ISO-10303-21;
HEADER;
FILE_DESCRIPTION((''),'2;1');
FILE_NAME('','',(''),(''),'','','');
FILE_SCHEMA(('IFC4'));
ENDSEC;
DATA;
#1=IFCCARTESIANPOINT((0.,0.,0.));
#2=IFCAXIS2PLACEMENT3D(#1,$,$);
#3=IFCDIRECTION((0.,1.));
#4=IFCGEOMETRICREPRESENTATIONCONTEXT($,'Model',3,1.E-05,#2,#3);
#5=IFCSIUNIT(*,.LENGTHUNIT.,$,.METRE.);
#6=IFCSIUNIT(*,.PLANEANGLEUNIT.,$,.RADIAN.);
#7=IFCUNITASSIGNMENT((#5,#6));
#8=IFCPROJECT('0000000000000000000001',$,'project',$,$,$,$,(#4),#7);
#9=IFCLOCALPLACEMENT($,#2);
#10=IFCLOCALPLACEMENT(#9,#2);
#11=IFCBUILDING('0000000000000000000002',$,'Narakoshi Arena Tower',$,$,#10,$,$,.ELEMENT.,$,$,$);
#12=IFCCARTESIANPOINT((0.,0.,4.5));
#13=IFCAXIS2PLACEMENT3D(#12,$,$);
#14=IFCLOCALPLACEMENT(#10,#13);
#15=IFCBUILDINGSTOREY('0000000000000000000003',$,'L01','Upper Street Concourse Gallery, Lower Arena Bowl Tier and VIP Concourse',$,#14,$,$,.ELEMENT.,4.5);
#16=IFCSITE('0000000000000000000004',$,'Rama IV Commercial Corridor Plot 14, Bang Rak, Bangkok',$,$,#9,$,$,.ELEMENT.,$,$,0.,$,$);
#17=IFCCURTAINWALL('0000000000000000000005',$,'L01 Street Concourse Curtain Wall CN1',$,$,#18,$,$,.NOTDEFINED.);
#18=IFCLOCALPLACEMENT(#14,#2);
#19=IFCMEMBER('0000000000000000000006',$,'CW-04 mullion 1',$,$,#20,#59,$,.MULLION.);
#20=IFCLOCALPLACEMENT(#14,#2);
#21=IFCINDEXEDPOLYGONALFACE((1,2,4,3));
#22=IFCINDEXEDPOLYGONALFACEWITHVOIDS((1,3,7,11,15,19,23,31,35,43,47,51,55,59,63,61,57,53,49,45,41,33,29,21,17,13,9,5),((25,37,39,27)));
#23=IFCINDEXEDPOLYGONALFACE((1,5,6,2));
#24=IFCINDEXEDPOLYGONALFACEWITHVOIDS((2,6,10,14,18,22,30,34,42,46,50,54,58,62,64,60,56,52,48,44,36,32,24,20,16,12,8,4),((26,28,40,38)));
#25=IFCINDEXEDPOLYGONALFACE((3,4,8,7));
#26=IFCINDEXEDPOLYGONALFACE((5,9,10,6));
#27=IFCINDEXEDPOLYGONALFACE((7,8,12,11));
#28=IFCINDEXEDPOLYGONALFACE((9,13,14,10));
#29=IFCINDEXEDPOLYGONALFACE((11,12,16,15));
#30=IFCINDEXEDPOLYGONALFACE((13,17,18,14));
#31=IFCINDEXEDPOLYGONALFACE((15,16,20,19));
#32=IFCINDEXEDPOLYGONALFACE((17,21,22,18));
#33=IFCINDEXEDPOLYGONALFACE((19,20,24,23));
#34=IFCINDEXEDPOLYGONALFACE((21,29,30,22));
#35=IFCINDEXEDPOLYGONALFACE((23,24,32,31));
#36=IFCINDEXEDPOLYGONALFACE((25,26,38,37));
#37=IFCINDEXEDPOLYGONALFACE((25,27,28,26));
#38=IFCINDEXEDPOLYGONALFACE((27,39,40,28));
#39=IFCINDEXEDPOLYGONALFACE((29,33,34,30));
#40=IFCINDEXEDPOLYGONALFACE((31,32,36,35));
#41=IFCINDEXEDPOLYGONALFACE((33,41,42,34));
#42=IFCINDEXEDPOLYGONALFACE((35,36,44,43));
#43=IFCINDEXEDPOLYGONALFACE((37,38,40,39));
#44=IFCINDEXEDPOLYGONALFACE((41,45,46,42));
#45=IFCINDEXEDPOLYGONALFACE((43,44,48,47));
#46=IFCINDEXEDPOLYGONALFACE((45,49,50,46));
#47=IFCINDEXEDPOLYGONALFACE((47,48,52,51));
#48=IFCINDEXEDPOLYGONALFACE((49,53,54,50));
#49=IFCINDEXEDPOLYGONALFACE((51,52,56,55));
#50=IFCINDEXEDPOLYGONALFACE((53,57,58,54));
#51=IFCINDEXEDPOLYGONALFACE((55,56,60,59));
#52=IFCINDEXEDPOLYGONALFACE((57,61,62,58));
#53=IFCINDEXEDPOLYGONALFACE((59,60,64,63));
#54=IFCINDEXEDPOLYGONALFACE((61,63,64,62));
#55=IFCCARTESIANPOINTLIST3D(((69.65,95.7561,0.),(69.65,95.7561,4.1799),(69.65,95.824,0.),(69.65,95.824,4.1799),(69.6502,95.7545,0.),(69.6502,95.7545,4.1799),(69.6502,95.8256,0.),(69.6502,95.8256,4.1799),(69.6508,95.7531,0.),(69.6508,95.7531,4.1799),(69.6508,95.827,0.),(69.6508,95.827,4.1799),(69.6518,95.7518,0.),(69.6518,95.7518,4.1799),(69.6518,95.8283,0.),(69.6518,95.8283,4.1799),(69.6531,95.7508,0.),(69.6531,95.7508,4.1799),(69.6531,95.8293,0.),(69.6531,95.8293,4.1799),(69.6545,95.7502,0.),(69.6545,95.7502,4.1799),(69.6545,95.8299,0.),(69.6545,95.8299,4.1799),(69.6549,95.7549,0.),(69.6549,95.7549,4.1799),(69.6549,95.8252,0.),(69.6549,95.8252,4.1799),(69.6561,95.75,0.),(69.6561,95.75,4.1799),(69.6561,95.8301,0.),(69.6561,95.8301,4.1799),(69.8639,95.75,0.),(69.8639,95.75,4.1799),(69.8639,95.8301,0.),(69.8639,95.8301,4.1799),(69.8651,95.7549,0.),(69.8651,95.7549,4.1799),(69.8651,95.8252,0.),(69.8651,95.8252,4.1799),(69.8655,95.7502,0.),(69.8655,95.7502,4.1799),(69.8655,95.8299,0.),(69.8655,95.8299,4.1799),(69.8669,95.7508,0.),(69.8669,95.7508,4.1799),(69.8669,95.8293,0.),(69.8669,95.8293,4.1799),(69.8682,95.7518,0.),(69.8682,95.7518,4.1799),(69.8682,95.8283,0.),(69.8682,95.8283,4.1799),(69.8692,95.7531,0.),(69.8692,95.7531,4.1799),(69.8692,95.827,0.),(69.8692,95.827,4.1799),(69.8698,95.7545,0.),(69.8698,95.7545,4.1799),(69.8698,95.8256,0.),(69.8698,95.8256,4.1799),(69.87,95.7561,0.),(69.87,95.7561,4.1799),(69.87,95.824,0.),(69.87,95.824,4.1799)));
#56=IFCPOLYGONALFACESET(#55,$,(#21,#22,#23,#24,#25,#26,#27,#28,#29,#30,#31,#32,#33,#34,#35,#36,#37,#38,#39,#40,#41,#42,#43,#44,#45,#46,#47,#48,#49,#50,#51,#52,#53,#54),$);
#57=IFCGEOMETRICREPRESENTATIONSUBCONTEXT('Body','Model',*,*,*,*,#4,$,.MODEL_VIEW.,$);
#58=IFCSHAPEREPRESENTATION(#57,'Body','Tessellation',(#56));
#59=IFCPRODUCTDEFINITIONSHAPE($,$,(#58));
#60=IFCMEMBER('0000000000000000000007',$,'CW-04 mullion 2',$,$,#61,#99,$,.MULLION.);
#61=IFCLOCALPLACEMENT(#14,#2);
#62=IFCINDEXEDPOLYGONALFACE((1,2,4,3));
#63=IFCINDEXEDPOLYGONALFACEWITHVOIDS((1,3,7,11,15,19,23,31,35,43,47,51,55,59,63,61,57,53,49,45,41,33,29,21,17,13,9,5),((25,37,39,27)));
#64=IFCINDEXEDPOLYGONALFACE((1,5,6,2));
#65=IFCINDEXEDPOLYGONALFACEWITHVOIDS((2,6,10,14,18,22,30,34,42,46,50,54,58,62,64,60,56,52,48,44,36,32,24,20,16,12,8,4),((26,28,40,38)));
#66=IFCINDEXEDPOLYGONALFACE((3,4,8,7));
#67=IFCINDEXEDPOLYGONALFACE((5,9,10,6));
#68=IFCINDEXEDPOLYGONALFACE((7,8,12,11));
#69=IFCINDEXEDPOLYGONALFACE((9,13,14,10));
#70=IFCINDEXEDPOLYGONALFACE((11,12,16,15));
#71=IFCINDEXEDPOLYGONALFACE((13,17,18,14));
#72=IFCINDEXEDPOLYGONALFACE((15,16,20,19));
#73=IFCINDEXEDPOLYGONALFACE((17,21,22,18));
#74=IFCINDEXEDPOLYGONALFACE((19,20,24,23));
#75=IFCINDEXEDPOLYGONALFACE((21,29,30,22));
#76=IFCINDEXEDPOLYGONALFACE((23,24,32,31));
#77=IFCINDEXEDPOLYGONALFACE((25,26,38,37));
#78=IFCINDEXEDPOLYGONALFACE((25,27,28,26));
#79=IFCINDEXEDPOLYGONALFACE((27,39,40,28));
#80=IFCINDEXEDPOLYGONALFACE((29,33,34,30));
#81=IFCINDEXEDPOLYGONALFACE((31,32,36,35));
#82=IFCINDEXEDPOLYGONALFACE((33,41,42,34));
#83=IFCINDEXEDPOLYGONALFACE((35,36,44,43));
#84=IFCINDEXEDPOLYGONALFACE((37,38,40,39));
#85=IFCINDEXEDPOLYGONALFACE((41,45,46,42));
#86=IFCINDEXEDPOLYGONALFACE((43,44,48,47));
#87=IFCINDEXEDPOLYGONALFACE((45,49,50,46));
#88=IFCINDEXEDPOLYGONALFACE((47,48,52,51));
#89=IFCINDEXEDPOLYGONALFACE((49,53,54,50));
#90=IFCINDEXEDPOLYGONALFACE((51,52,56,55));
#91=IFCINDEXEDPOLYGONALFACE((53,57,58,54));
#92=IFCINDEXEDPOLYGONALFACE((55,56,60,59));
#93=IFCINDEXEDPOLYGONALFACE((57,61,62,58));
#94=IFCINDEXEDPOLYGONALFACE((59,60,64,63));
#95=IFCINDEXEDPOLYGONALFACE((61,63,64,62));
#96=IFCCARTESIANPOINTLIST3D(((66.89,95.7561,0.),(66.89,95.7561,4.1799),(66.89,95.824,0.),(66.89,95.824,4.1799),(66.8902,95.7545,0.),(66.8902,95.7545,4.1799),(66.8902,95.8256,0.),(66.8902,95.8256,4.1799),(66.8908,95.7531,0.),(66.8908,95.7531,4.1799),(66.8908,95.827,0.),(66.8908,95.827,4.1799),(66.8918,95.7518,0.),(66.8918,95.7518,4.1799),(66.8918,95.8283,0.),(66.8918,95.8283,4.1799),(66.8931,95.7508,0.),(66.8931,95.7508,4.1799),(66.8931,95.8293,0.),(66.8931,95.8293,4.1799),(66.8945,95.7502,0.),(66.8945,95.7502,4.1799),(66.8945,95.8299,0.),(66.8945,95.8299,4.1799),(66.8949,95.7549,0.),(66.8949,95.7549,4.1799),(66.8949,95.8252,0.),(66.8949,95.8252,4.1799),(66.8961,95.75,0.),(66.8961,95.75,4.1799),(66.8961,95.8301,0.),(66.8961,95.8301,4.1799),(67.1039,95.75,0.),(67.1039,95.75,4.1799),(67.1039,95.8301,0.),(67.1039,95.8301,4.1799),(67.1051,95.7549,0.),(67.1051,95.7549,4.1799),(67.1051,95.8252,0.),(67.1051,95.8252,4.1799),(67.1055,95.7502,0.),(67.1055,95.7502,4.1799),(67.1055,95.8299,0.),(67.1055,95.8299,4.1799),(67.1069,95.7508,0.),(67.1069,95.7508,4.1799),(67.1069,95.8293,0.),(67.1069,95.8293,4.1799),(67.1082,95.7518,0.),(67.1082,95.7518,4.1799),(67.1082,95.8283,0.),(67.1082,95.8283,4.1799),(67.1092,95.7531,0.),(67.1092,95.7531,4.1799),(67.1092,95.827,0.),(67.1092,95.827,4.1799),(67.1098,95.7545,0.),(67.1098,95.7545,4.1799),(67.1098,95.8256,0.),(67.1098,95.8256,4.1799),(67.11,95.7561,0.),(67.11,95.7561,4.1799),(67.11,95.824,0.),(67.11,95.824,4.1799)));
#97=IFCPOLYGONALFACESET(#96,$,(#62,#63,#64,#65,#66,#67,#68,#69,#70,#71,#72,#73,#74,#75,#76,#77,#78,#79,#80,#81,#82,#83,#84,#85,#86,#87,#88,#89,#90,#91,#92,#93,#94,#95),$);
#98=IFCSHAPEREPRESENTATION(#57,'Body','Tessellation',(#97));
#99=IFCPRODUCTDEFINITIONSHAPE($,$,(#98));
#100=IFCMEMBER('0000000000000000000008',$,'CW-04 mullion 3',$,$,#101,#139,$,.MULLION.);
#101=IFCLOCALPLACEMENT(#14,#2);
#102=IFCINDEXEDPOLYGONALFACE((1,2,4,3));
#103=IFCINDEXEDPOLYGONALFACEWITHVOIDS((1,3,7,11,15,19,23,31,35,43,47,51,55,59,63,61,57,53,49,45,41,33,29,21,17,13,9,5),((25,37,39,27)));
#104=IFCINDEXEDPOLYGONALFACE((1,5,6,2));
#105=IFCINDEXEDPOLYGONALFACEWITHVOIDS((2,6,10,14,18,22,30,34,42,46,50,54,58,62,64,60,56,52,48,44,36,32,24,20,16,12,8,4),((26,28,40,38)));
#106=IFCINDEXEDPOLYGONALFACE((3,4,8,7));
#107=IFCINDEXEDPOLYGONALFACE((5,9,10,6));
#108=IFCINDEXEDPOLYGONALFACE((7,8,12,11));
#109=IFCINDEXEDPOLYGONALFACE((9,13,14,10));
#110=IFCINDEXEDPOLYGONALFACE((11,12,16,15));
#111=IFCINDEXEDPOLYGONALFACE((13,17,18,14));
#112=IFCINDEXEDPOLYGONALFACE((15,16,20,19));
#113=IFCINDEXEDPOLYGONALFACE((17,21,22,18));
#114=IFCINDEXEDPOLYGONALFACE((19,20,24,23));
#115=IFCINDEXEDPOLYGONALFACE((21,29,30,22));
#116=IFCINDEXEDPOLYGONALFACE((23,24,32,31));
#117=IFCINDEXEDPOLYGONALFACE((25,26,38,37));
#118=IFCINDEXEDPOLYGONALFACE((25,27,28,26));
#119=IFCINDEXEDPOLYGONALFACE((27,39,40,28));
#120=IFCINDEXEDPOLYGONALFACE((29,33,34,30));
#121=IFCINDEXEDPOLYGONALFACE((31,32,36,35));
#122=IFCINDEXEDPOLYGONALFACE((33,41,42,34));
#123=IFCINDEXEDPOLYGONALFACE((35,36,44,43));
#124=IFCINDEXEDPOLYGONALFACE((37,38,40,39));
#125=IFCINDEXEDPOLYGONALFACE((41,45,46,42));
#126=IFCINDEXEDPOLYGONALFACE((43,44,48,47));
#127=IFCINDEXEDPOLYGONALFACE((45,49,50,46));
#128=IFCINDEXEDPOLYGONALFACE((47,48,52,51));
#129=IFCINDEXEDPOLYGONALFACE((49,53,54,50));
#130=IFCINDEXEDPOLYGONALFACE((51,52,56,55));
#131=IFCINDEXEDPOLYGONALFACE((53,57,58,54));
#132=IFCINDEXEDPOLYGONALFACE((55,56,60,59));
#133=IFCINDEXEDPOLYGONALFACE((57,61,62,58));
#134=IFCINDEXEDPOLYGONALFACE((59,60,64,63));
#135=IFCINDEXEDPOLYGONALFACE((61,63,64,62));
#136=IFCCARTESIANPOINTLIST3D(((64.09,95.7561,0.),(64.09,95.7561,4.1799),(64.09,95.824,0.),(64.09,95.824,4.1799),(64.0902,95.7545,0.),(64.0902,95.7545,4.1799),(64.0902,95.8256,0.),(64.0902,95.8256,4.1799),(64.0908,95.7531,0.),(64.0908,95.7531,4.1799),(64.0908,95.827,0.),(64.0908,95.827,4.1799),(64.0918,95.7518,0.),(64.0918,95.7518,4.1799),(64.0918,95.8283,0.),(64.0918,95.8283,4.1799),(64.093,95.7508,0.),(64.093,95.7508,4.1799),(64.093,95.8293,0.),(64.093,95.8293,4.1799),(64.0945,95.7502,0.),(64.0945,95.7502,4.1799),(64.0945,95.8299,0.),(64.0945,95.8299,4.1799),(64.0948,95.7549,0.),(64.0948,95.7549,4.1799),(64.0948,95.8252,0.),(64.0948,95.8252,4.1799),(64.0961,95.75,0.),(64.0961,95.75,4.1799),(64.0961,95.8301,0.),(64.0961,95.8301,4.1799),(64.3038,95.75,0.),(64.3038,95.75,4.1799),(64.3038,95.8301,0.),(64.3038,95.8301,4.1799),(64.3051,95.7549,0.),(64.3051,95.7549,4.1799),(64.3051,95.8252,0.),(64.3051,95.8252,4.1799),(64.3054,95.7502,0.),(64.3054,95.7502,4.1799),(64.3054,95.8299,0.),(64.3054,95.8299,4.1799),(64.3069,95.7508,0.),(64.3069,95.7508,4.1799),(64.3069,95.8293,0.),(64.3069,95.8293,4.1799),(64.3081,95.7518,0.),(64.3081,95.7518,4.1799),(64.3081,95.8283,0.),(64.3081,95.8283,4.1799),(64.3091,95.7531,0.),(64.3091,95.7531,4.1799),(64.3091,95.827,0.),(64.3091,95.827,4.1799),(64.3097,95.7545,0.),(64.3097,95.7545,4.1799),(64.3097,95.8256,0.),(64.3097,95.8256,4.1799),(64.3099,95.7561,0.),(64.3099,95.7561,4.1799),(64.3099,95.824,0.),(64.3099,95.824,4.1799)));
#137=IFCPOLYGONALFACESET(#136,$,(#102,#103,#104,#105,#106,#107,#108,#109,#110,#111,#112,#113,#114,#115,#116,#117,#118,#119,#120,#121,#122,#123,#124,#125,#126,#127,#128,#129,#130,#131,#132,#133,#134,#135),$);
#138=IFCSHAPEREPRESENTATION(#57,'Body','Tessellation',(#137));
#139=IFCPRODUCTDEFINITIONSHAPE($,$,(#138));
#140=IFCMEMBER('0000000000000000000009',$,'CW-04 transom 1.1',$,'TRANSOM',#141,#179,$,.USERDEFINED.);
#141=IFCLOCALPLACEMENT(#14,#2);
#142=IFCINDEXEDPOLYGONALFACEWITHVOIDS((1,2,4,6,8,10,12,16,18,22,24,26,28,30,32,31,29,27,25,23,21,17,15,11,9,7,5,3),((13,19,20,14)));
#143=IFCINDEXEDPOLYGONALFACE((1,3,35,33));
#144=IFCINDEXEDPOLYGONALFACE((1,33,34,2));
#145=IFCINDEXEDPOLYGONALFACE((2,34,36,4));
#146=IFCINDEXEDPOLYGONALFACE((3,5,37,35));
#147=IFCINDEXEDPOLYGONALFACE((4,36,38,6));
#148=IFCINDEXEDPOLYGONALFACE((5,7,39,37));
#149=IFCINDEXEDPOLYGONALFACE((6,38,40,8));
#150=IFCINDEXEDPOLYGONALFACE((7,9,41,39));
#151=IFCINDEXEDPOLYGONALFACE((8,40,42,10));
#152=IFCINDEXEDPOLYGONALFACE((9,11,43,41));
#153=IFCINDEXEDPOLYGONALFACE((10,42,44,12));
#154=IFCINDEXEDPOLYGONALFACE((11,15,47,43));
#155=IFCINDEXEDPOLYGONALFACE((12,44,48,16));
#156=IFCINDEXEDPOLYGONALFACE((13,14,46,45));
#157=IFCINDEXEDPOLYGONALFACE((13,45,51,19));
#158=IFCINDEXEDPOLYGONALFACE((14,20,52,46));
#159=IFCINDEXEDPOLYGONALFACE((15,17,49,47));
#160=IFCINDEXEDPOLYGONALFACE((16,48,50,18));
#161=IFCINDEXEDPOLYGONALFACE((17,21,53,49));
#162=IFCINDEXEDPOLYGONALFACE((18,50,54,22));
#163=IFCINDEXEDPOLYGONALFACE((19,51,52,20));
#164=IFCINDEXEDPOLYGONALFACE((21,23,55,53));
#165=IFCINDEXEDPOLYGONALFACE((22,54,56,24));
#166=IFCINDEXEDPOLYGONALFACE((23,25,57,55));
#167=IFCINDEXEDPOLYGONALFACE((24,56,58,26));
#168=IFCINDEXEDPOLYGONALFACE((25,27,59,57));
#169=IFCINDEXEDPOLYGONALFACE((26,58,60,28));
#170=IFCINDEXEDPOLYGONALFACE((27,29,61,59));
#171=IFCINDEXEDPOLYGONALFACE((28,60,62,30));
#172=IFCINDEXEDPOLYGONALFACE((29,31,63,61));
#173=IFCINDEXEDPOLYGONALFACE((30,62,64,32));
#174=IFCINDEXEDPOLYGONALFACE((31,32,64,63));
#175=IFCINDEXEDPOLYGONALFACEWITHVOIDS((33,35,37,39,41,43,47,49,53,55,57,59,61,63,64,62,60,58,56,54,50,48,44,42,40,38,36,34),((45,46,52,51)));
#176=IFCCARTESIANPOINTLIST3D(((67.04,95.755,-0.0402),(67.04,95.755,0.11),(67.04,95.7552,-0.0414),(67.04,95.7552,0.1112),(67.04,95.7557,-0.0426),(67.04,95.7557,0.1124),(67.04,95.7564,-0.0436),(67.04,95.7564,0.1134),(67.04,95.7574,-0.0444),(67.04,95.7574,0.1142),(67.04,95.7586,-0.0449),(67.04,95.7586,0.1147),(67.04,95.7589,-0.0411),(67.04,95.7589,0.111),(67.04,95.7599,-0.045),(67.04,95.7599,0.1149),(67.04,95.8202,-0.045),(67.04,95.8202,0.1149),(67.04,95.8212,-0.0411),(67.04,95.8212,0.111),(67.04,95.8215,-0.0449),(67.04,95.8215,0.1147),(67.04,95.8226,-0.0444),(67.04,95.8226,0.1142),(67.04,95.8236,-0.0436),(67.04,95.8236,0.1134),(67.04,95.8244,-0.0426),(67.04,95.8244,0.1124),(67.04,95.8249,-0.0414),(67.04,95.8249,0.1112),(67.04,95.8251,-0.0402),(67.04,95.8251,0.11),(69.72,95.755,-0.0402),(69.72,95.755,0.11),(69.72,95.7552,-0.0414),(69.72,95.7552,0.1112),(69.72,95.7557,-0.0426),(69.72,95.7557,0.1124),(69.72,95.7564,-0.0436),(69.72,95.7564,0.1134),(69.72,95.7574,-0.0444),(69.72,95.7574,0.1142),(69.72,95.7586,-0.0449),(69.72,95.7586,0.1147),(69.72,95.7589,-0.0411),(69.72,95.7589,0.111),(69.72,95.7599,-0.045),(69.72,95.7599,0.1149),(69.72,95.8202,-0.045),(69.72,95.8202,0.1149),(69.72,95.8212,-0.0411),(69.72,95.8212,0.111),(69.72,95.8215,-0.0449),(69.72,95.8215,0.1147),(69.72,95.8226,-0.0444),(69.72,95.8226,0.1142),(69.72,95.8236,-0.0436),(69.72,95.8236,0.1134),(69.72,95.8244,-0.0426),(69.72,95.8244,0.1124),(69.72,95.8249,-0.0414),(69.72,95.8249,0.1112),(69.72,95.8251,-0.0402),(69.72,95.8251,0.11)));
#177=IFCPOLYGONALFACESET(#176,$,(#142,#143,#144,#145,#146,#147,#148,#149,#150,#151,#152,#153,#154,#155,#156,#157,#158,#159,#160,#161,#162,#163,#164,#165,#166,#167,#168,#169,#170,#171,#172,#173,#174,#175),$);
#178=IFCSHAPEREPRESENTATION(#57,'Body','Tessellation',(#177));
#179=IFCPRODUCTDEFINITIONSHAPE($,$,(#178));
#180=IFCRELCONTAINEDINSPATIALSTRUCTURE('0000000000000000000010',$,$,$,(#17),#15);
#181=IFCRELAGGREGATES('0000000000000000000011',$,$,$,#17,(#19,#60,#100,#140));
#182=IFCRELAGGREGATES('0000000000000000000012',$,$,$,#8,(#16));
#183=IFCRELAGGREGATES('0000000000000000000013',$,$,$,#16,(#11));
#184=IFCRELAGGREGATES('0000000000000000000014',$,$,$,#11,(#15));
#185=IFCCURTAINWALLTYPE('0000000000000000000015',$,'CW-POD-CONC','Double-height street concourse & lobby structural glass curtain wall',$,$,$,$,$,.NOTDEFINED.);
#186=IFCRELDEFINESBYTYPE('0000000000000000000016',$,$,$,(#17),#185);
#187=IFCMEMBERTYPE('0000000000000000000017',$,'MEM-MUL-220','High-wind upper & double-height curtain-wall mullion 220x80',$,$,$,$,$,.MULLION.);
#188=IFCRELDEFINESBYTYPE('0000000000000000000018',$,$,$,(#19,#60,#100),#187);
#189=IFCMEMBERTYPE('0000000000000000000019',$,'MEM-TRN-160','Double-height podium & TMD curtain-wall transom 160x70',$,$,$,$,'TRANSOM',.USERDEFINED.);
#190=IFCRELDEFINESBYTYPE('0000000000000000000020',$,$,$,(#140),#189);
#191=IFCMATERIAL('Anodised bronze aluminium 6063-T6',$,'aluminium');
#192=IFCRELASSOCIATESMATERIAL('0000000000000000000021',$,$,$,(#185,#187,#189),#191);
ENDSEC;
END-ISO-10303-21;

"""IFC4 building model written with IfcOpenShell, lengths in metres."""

from ifc_helpers import new_model, si_unit, direction, frame, origin, origin_2d, place, context, subcontext, project, spatial, hollow_rectangle, extrude, material, material_profile, profile_set, type_object, element, aggregate, save


model = new_model("IFC4")

# Units and contexts
model_context = context("Model", 3, precision=1e-05, world=origin(), true_north=direction((0.0, 1.0)))
body_context = subcontext(model_context, "Body", "Model", "MODEL_VIEW")
ifc_project = project(units=[si_unit("LENGTHUNIT", "METRE"), si_unit("PLANEANGLEUNIT", "RADIAN")], contexts=[model_context])

# Site, building, storey
site_placement = place(None, origin())
site = spatial("IfcSite", under=ifc_project, at=site_placement, Name="Rama IV Commercial Corridor Plot 14, Bang Rak, Bangkok", CompositionType="ELEMENT", RefElevation=0.0)
building_placement = place(site_placement, origin())
building = spatial("IfcBuilding", under=site, at=building_placement, Name="Narakoshi Arena Tower", CompositionType="ELEMENT")
storey_placement = place(building_placement, frame((0.0, 0.0, 4.5)))
storey = spatial("IfcBuildingStorey", under=building, at=storey_placement, Name="L01", Description="Upper Street Concourse Gallery, Lower Arena Bowl Tier and VIP Concourse", CompositionType="ELEMENT", Elevation=4.5)

# Curtain wall, members
ifc_material_1 = material(Name="Anodised bronze aluminium 6063-T6", Category="aluminium")
curtain_wall_type = type_object("IfcCurtainWallType", Name="CW-POD-CONC", Description="Double-height street concourse & lobby structural glass curtain wall", PredefinedType="NOTDEFINED", material=ifc_material_1)
curtain_wall_placement = place(storey_placement, origin())
curtain_wall = element("IfcCurtainWall", 1, at=curtain_wall_placement, inside=storey, type_object=curtain_wall_type, Name="L01 Street Concourse Curtain Wall CN1", PredefinedType="NOTDEFINED")
ifc_material_profile_1 = material_profile(ifc_material_1, hollow_rectangle(XDim=0.0801, YDim=0.22, WallThickness=0.0049, OuterFilletRadius=0.0061, at=origin_2d()), Name="MUL220x80x5")
ifc_profile_set_1 = profile_set([ifc_material_profile_1], Name="Anodised bronze aluminium 6063-T6")
member_type_1 = type_object("IfcMemberType", Name="MEM-MUL-220", Description="High-wind upper & double-height curtain-wall mullion 220x80", PredefinedType="MULLION", material=ifc_profile_set_1)
member_1_placement = place(storey_placement, frame((69.76, 95.79, 0.0), z_axis=(0.0, 0.0, 1.0), x_axis=(0.0, -1.0, 0.0)))
member_1 = element("IfcMember", 2, at=member_1_placement, type_object=member_type_1, Name="CW-04 mullion 1", PredefinedType="MULLION", context=body_context, shape_type="SweptSolid", body=[
    extrude(hollow_rectangle(XDim=0.0801, YDim=0.22, WallThickness=0.0049, OuterFilletRadius=0.0061, at=origin_2d()), origin(), (0.0, 0.0, 1.0), 4.1799),
])
member_2_placement = place(storey_placement, frame((67.0, 95.79, 0.0), z_axis=(0.0, 0.0, 1.0), x_axis=(0.0, -1.0, 0.0)))
member_2 = element("IfcMember", 3, at=member_2_placement, type_object=member_type_1, Name="CW-04 mullion 2", PredefinedType="MULLION", context=body_context, shape_type="SweptSolid", body=[
    extrude(hollow_rectangle(XDim=0.0801, YDim=0.22, WallThickness=0.0049, OuterFilletRadius=0.0061, at=origin_2d()), origin(), (0.0, 0.0, 1.0), 4.1799),
])
member_3_placement = place(storey_placement, frame((64.2, 95.79, 0.0), z_axis=(0.0, 0.0, 1.0), x_axis=(0.0, -1.0, 0.0)))
member_3 = element("IfcMember", 4, at=member_3_placement, type_object=member_type_1, Name="CW-04 mullion 3", PredefinedType="MULLION", context=body_context, shape_type="SweptSolid", body=[
    extrude(hollow_rectangle(XDim=0.0801, YDim=0.22, WallThickness=0.0049, OuterFilletRadius=0.0061, at=origin_2d()), origin(), (0.0, 0.0, 1.0), 4.1799),
])
ifc_material_profile_2 = material_profile(ifc_material_1, hollow_rectangle(XDim=0.0701, YDim=0.1599, WallThickness=0.0039, OuterFilletRadius=0.0049, at=origin_2d()), Name="TRN160x70x4")
ifc_profile_set_2 = profile_set([ifc_material_profile_2], Name="Anodised bronze aluminium 6063-T6")
member_type_2 = type_object("IfcMemberType", Name="MEM-TRN-160", Description="Double-height podium & TMD curtain-wall transom 160x70", ElementType="TRANSOM", PredefinedType="USERDEFINED", material=ifc_profile_set_2)
member_4_placement = place(storey_placement, frame((69.72, 95.79, 0.0349), z_axis=(-1.0, 0.0, 0.0), x_axis=(0.0, -1.0, 0.0)))
member_4 = element("IfcMember", 5, at=member_4_placement, type_object=member_type_2, Name="CW-04 transom 1.1", ObjectType="TRANSOM", PredefinedType="USERDEFINED", context=body_context, shape_type="SweptSolid", body=[
    extrude(hollow_rectangle(XDim=0.0701, YDim=0.1599, WallThickness=0.0039, OuterFilletRadius=0.0049, at=origin_2d()), origin(), (0.0, 0.0, 1.0), 2.6799),
])
aggregate(curtain_wall, [member_1, member_2, member_3, member_4])

save(model, "model.ifc")
